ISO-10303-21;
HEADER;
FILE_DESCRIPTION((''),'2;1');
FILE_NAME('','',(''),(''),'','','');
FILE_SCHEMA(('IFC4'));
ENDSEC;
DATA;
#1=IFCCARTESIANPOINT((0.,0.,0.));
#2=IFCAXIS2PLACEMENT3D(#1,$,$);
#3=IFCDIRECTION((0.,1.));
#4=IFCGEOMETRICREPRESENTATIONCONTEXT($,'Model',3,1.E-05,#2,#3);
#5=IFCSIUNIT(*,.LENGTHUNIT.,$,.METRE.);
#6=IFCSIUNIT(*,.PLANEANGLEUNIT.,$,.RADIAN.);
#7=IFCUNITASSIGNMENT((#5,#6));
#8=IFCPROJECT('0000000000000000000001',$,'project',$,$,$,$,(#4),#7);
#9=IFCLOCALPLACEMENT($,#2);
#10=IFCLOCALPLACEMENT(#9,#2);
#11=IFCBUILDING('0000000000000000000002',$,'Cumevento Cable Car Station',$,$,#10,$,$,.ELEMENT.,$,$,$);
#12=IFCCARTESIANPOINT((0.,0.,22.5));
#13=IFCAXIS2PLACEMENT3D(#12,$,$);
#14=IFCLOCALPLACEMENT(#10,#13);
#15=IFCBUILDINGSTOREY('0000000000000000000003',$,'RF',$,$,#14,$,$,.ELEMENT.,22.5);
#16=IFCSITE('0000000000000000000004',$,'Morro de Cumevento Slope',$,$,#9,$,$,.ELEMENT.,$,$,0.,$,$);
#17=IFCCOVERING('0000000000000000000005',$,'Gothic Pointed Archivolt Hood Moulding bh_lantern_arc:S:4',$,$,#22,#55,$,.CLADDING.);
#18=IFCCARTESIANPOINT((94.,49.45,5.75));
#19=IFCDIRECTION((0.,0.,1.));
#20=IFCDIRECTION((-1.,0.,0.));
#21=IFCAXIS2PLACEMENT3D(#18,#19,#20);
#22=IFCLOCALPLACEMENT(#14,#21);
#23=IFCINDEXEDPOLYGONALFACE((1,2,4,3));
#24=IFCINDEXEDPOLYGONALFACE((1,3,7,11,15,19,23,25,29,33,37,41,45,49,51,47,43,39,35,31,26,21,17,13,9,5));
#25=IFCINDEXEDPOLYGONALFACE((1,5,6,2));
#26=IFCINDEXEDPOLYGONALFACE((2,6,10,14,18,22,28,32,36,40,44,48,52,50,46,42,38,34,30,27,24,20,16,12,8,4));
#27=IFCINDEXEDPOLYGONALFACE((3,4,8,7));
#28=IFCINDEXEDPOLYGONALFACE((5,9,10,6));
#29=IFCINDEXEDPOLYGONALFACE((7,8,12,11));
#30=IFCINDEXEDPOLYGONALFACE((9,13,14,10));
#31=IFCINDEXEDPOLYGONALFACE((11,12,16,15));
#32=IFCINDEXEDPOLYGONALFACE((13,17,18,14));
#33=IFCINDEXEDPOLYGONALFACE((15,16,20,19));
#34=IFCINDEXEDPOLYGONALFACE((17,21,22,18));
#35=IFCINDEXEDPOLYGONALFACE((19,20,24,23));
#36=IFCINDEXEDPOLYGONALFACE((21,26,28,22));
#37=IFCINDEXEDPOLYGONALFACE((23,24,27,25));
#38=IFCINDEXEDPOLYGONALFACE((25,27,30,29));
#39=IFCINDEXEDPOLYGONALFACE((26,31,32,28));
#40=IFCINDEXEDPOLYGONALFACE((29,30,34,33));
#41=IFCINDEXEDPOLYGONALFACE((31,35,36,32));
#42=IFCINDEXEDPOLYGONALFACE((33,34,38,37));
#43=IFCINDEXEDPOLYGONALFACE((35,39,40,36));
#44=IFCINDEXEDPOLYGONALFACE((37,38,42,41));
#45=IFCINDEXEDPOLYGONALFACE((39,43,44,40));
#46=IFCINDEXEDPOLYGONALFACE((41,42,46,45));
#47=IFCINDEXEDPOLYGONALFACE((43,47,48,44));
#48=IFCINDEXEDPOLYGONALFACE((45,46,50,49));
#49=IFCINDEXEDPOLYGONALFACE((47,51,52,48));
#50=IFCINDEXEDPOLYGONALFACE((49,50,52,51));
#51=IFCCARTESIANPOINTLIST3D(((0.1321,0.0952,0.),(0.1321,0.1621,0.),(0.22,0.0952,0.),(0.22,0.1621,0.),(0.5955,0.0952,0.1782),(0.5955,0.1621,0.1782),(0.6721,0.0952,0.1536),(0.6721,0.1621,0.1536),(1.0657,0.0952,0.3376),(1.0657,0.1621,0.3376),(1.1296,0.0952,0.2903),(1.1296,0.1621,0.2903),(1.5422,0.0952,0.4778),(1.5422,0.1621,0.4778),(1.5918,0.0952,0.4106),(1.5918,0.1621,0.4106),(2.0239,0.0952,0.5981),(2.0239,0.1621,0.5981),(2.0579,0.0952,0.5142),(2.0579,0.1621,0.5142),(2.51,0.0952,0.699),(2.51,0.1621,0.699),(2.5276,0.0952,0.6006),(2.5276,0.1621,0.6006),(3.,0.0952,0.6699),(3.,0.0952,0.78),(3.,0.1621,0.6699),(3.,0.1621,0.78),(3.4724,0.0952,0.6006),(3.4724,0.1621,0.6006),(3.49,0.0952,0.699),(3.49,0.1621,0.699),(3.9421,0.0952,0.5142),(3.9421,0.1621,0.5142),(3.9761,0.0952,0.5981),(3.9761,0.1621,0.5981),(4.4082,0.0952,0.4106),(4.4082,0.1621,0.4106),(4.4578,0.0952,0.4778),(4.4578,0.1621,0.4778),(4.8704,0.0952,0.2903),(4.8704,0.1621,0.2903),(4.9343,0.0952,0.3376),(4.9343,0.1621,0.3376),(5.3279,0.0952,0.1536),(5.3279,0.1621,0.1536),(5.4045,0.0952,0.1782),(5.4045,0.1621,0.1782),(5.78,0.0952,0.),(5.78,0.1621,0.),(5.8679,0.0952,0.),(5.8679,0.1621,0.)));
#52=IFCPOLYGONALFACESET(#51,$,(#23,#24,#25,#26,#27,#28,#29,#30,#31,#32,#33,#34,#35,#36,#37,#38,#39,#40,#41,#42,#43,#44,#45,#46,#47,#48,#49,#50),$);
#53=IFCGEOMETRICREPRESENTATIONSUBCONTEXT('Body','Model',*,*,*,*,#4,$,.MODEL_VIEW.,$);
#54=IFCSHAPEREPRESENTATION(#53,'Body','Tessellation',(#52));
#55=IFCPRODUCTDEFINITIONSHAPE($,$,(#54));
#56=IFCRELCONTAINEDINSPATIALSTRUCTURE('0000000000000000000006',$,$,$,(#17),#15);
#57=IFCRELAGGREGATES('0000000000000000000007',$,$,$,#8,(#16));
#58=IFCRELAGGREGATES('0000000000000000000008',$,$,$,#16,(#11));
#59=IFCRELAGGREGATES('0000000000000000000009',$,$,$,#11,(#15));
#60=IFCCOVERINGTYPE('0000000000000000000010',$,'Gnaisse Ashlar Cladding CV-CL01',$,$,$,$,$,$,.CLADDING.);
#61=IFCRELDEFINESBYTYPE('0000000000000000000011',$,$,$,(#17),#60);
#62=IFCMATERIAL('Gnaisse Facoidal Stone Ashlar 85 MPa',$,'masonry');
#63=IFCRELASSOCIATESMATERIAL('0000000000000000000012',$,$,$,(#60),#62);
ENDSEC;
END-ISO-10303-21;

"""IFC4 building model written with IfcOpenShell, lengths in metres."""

from ifc_helpers import new_model, si_unit, direction, frame, origin, place, context, subcontext, project, spatial, polyline, outline, extrude, material, type_object, element, save


model = new_model("IFC4")

# Units and contexts
model_context = context("Model", 3, precision=1e-05, world=origin(), true_north=direction((0.0, 1.0)))
body_context = subcontext(model_context, "Body", "Model", "MODEL_VIEW")
ifc_project = project(units=[si_unit("LENGTHUNIT", "METRE"), si_unit("PLANEANGLEUNIT", "RADIAN")], contexts=[model_context])

# Site, building, storey
site_placement = place(None, origin())
site = spatial("IfcSite", under=ifc_project, at=site_placement, Name="Morro de Cumevento Slope", CompositionType="ELEMENT", RefElevation=0.0)
building_placement = place(site_placement, origin())
building = spatial("IfcBuilding", under=site, at=building_placement, Name="Cumevento Cable Car Station", CompositionType="ELEMENT")
storey_placement = place(building_placement, frame((0.0, 0.0, 22.5)))
storey = spatial("IfcBuildingStorey", under=building, at=storey_placement, Name="RF", CompositionType="ELEMENT", Elevation=22.5)

# Covering
ifc_material_1 = material(Name="Gnaisse Facoidal Stone Ashlar 85 MPa", Category="masonry")
covering_type_1 = type_object("IfcCoveringType", Name="Gnaisse Ashlar Cladding CV-CL01", PredefinedType="CLADDING", material=ifc_material_1)
covering_1_placement = place(storey_placement, frame((94.0, 49.45, 5.75), z_axis=(0.0, 0.0, 1.0), x_axis=(-1.0, 0.0, 0.0)))
element("IfcCovering", 1, at=covering_1_placement, inside=storey, type_object=covering_type_1, Name="Gothic Pointed Archivolt Hood Moulding bh_lantern_arc:S:4", PredefinedType="CLADDING", context=body_context, shape_type="SweptSolid", body=[
    extrude(outline(polyline([(0.22, 0.0), (0.6721, 0.1536), (1.1296, 0.2903), (1.5918, 0.4106), (2.0579, 0.5142), (2.5276, 0.6006), (3.0, 0.6699), (3.4724, 0.6006), (3.9421, 0.5142), (4.4082, 0.4106), (4.8704, 0.2903), (5.3279, 0.1536), (5.78, 0.0), (5.8679, 0.0), (5.4045, 0.1782), (4.9343, 0.3376), (4.4578, 0.4778), (3.9761, 0.5981), (3.49, 0.699), (3.0, 0.78), (2.51, 0.699), (2.0239, 0.5981), (1.5422, 0.4778), (1.0657, 0.3376), (0.5955, 0.1782), (0.1321, 0.0), (0.22, 0.0)])), frame((0.0, 0.1621, 0.0), z_axis=(0.0, -1.0, 0.0), x_axis=(1.0, 0.0, 0.0)), (0.0, 0.0, 1.0), 0.0669),
])

save(model, "model.ifc")
